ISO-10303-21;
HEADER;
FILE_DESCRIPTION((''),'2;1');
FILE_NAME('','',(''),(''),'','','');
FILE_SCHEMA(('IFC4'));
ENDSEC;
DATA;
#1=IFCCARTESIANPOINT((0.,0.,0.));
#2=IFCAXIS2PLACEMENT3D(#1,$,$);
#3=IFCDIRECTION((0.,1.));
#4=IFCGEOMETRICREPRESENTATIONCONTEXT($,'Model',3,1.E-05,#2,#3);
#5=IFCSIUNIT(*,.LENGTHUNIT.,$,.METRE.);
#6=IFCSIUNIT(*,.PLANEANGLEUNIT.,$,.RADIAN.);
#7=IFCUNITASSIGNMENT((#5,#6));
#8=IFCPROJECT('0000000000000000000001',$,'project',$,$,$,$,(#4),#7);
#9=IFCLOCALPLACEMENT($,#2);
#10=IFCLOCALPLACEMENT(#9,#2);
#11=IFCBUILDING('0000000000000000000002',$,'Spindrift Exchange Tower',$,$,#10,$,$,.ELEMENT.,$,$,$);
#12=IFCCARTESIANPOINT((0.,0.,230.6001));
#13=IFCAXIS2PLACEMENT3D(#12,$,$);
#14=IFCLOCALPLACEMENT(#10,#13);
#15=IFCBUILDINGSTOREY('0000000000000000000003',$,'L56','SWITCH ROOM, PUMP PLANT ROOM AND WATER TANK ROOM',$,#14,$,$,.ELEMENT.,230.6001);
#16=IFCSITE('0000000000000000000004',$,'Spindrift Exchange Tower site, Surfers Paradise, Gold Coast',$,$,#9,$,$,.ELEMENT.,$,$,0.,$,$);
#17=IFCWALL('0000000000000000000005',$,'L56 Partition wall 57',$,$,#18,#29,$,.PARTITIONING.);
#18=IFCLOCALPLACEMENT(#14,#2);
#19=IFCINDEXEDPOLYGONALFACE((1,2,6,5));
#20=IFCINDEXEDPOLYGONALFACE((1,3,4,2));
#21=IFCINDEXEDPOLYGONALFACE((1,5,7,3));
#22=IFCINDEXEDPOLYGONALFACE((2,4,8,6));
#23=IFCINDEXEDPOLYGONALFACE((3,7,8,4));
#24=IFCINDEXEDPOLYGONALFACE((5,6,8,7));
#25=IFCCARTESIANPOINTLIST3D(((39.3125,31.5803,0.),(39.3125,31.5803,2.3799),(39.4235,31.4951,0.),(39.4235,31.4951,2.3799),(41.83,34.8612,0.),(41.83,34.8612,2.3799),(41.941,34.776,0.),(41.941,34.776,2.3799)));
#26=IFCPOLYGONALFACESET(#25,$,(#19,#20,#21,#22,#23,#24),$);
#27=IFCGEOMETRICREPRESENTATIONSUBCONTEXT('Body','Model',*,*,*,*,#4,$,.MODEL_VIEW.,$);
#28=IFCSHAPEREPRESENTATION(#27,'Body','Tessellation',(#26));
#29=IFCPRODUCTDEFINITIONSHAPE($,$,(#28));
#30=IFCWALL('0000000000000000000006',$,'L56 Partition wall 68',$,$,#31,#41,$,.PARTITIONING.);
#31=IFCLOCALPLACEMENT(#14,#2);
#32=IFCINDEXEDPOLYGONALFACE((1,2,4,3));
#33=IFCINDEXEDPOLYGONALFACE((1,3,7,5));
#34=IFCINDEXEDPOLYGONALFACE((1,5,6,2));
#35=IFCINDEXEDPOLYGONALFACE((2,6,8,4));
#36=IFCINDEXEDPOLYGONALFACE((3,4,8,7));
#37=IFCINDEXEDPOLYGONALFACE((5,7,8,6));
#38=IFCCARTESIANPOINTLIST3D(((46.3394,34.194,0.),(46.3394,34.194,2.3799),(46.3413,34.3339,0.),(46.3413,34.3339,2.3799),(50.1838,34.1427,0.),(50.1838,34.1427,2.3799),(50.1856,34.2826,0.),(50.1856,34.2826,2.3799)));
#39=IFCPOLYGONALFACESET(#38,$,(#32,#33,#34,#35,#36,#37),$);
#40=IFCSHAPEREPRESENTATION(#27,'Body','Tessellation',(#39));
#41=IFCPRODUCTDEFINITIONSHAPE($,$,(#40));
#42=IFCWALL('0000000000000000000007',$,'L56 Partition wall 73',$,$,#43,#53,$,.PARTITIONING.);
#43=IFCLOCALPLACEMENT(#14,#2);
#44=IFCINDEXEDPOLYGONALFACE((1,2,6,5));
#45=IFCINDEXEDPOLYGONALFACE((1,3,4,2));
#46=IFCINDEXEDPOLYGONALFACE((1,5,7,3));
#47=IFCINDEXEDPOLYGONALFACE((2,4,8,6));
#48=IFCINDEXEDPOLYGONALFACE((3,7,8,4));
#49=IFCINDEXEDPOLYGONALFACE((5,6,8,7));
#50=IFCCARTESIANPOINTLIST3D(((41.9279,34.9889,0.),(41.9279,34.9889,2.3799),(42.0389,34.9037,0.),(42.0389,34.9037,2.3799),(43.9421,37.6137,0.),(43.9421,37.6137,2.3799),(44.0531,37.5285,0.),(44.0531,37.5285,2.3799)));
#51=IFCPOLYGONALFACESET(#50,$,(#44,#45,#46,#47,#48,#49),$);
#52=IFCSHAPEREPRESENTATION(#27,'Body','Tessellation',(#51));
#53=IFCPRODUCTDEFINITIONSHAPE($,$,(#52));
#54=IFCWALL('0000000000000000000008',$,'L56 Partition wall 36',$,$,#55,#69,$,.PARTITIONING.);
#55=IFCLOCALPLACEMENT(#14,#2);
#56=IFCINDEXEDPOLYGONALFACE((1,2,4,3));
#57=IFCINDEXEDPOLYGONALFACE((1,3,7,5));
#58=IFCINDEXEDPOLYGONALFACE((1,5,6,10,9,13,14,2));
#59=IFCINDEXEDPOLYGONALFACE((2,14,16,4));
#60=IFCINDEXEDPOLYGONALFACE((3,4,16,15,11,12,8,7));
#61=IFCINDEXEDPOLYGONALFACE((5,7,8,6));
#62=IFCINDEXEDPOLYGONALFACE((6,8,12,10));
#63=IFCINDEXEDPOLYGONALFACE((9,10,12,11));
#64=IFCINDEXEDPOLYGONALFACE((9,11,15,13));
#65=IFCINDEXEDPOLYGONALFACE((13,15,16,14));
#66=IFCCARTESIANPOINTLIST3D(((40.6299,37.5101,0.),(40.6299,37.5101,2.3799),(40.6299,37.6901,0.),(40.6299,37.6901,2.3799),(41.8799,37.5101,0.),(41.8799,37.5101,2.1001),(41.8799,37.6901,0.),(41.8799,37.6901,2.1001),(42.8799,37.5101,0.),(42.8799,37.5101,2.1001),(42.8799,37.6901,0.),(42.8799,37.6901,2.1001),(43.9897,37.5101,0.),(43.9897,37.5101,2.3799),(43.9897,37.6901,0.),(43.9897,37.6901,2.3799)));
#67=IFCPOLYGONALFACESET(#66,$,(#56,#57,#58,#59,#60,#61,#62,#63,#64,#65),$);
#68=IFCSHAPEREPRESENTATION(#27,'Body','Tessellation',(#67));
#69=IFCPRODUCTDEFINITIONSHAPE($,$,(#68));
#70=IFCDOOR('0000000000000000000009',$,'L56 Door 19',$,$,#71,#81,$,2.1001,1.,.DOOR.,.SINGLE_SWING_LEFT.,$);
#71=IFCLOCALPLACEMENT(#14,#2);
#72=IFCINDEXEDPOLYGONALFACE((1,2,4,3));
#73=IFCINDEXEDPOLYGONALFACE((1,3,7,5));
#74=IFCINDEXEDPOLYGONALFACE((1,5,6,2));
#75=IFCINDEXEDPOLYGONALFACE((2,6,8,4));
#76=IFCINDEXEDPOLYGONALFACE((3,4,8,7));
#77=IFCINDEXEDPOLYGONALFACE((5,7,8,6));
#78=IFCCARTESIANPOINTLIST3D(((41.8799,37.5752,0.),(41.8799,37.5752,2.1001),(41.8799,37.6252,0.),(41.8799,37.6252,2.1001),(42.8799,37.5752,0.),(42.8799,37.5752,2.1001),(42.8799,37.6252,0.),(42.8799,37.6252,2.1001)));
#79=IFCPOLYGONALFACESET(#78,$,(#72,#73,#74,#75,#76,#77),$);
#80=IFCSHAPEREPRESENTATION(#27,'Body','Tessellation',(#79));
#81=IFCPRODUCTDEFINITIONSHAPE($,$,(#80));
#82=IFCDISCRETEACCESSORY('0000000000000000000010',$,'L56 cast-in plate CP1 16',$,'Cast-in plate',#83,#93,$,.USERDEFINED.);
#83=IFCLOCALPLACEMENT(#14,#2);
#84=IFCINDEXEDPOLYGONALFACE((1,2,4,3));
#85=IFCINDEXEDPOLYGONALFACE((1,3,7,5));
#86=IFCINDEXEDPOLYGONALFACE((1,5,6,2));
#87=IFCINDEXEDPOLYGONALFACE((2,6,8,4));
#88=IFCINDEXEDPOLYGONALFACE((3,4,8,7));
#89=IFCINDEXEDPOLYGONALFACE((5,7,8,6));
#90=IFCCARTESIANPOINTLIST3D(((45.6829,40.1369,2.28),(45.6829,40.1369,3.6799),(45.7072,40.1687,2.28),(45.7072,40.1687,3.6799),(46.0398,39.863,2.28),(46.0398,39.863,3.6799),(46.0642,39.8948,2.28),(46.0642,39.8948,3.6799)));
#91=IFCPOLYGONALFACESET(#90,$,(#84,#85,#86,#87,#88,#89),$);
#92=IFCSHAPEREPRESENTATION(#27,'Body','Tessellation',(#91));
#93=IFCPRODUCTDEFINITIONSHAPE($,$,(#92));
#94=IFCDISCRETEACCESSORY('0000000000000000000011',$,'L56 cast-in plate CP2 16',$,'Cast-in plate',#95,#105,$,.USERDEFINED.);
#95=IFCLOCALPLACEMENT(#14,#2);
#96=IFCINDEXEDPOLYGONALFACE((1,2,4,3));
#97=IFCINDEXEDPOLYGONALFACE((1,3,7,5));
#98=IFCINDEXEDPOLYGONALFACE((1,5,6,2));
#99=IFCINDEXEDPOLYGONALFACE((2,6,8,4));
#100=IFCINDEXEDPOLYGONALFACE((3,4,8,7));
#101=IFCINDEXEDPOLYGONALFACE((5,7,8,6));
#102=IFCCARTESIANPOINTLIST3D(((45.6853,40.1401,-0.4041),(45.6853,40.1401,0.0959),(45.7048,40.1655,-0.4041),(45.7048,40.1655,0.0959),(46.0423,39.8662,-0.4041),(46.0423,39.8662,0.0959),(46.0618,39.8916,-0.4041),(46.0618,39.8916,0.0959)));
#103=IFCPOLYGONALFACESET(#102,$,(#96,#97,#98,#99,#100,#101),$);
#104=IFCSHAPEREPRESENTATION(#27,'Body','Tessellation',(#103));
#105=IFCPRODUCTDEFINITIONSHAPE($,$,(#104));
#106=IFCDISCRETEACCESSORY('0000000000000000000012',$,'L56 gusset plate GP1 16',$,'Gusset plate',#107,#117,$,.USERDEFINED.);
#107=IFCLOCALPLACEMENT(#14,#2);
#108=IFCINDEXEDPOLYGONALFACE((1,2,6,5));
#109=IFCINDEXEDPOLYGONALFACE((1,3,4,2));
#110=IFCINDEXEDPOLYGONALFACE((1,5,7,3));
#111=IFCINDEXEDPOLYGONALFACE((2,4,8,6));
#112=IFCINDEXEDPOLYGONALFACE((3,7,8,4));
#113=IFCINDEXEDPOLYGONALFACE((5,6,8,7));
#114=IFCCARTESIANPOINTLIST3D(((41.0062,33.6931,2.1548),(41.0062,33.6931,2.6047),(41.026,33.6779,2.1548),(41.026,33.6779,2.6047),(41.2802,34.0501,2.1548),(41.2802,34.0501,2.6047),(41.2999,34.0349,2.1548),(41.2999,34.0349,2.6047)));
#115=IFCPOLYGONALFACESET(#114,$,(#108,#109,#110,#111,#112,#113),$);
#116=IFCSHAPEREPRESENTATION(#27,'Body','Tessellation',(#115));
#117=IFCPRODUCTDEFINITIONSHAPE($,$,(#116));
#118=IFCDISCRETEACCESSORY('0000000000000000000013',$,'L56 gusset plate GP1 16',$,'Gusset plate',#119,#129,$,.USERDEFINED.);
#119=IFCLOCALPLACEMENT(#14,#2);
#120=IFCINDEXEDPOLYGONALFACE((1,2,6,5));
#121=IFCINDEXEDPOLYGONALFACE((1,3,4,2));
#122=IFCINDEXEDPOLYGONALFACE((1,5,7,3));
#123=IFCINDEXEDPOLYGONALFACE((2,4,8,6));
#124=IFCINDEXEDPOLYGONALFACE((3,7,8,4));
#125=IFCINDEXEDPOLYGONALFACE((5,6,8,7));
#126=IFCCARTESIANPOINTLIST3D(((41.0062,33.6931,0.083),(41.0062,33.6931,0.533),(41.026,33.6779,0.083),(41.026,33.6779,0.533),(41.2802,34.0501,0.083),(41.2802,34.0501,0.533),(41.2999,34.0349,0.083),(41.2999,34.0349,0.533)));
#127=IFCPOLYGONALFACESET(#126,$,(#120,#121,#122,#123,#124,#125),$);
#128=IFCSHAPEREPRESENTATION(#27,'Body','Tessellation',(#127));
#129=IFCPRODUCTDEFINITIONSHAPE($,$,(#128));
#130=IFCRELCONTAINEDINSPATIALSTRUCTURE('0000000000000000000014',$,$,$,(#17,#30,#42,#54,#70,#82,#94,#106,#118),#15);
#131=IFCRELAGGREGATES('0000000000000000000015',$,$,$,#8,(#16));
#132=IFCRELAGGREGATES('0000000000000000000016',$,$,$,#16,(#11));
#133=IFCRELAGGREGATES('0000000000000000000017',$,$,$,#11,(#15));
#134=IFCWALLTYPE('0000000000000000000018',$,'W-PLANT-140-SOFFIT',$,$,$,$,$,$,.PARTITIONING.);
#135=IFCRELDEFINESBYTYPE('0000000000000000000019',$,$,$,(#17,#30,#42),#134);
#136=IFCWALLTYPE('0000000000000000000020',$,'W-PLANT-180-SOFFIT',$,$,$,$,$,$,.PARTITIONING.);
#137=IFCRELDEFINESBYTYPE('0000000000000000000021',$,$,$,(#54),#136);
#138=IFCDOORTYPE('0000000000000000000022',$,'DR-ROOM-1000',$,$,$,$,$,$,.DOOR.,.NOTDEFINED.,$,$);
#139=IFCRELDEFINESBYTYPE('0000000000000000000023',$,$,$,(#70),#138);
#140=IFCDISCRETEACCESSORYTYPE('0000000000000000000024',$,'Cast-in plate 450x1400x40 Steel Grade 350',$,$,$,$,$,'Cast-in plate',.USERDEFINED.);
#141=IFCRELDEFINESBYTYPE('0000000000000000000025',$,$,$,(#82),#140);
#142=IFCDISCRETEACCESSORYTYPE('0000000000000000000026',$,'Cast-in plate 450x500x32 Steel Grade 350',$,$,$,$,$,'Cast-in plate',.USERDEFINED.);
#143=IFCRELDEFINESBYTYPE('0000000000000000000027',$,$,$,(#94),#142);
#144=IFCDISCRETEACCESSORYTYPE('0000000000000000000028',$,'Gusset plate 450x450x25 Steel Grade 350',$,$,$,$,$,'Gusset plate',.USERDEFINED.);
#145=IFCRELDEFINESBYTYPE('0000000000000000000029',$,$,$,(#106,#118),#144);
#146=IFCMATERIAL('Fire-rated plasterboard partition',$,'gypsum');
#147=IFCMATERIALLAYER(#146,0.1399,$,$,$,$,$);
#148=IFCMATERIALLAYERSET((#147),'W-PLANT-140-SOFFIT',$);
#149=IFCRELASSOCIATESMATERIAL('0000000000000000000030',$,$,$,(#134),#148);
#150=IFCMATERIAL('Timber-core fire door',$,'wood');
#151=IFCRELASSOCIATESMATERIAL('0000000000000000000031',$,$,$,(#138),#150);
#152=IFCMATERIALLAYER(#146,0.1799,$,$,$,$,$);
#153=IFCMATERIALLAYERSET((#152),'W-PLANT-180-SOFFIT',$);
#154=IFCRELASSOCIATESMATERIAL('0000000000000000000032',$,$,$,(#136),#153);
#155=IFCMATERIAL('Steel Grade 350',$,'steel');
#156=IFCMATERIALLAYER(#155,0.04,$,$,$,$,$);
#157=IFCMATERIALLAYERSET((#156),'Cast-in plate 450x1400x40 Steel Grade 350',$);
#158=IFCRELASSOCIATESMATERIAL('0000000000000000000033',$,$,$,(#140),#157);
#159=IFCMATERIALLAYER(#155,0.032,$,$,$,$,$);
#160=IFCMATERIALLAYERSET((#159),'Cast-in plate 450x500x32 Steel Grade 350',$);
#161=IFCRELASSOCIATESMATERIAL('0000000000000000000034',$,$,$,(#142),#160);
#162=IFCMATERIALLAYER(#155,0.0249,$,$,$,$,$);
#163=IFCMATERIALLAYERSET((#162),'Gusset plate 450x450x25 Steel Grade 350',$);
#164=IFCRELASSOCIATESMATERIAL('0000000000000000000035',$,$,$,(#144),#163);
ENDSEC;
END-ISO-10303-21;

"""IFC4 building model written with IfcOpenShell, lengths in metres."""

from ifc_helpers import new_model, si_unit, direction, frame, frame_2d, origin, origin_2d, place, context, subcontext, project, spatial, rectangle, extrude, source, transform, mapped, material, layer, layer_set, type_object, element, fill, save


model = new_model("IFC4")

# Units and contexts
model_context = context("Model", 3, precision=1e-05, world=origin(), true_north=direction((0.0, 1.0)))
body_context = subcontext(model_context, "Body", "Model", "MODEL_VIEW")
ifc_project = project(units=[si_unit("LENGTHUNIT", "METRE"), si_unit("PLANEANGLEUNIT", "RADIAN")], contexts=[model_context])

# Site, building, storey
site_placement = place(None, origin())
site = spatial("IfcSite", under=ifc_project, at=site_placement, Name="Spindrift Exchange Tower site, Surfers Paradise, Gold Coast", CompositionType="ELEMENT", RefElevation=0.0)
building_placement = place(site_placement, origin())
building = spatial("IfcBuilding", under=site, at=building_placement, Name="Spindrift Exchange Tower", CompositionType="ELEMENT")
storey_placement = place(building_placement, frame((0.0, 0.0, 230.6001)))
storey = spatial("IfcBuildingStorey", under=building, at=storey_placement, Name="L56", Description="SWITCH ROOM, PUMP PLANT ROOM AND WATER TANK ROOM", CompositionType="ELEMENT", Elevation=230.6001)

# Shared definitions
ifc_material_1 = material(Name="Fire-rated plasterboard partition", Category="gypsum")
ifc_layer_1 = layer(ifc_material_1, 0.1399)
ifc_layer_set_1 = layer_set([ifc_layer_1], Name="W-PLANT-140-SOFFIT")
wall_type_1 = type_object("IfcWallType", Name="W-PLANT-140-SOFFIT", PredefinedType="PARTITIONING", material=ifc_layer_set_1)
ifc_material_2 = material(Name="Timber-core fire door", Category="wood")
door_type_1 = type_object("IfcDoorType", Name="DR-ROOM-1000", OperationType="NOTDEFINED", PredefinedType="DOOR", material=ifc_material_2)
shared_shape_1 = source(origin(), body_context, "Body", "SweptSolid", [
    extrude(rectangle(XDim=1.0, YDim=2.1001, at=frame_2d((0.5, 1.05))), frame((0.0, 0.0249, 0.0), z_axis=(0.0, -1.0, 0.0), x_axis=(1.0, 0.0, 0.0)), (0.0, 0.0, 1.0), 0.05),
])

# Walls
wall_1_placement = place(storey_placement, frame((39.3679, 31.5376, 0.0), z_axis=(0.0, 0.0, 1.0), x_axis=(0.608757, 0.793356, 0.0)))
element("IfcWall", 1, at=wall_1_placement, inside=storey, type_object=wall_type_1, Name="L56 Partition wall 57", PredefinedType="PARTITIONING", context=body_context, shape_type="SweptSolid", body=[
    extrude(rectangle(XDim=4.1355, YDim=0.1399, at=frame_2d((2.0679, 0.0))), origin(), (0.0, 0.0, 1.0), 2.3799),
])
wall_2_placement = place(storey_placement, frame((46.3403, 34.2639, 0.0), z_axis=(0.0, 0.0, 1.0), x_axis=(0.999911, -0.013335, 0.0)))
element("IfcWall", 2, at=wall_2_placement, inside=storey, type_object=wall_type_1, Name="L56 Partition wall 68", PredefinedType="PARTITIONING", context=body_context, shape_type="SweptSolid", body=[
    extrude(rectangle(XDim=3.8447, YDim=0.1399, at=frame_2d((1.9224, 0.0))), origin(), (0.0, 0.0, 1.0), 2.3799),
])
wall_3_placement = place(storey_placement, frame((41.9834, 34.9463, 0.0), z_axis=(0.0, 0.0, 1.0), x_axis=(0.608783, 0.793337, 0.0)))
element("IfcWall", 3, at=wall_3_placement, inside=storey, type_object=wall_type_1, Name="L56 Partition wall 73", PredefinedType="PARTITIONING", context=body_context, shape_type="SweptSolid", body=[
    extrude(rectangle(XDim=3.3086, YDim=0.1399, at=frame_2d((1.6543, 0.0))), origin(), (0.0, 0.0, 1.0), 2.3799),
])

# Wall, opening, door
ifc_layer_2 = layer(ifc_material_1, 0.1799)
ifc_layer_set_2 = layer_set([ifc_layer_2], Name="W-PLANT-180-SOFFIT")
wall_type_2 = type_object("IfcWallType", Name="W-PLANT-180-SOFFIT", PredefinedType="PARTITIONING", material=ifc_layer_set_2)
wall_4_placement = place(storey_placement, frame((43.9897, 37.6001, 0.0), z_axis=(0.0, 0.0, 1.0), x_axis=(-1.0, 0.0, 0.0)))
wall_4 = element("IfcWall", 4, at=wall_4_placement, inside=storey, type_object=wall_type_2, Name="L56 Partition wall 36", PredefinedType="PARTITIONING", context=body_context, shape_type="SweptSolid", body=[
    extrude(rectangle(XDim=3.3599, YDim=0.1799, at=frame_2d((1.6799, 0.0))), origin(), (0.0, 0.0, 1.0), 2.3799),
])
opening_1_placement = place(wall_4_placement, frame((1.1099, 0.0, 0.0)))
opening_1 = element("IfcOpeningElement", 5, at=opening_1_placement, cuts=wall_4, PredefinedType="OPENING", context=body_context, shape_type="SweptSolid", body=[
    extrude(rectangle(XDim=1.0, YDim=2.1001, at=frame_2d((0.5, 1.05))), frame((0.0, 0.0999, 0.0), z_axis=(0.0, -1.0, 0.0), x_axis=(1.0, 0.0, 0.0)), (0.0, 0.0, 1.0), 0.2),
])
door_1_placement = place(opening_1_placement, origin())
door_1 = element("IfcDoor", 6, at=door_1_placement, inside=storey, type_object=door_type_1, Name="L56 Door 19", OperationType="SINGLE_SWING_LEFT", OverallHeight=2.1001, OverallWidth=1.0, PredefinedType="DOOR", context=body_context, shape_type="MappedRepresentation", body=[
    mapped(shared_shape_1, transform((0.0, 0.0, 0.0), scale=1.0)),
])
fill(opening_1, door_1)

# Discrete accessories
ifc_material_3 = material(Name="Steel Grade 350", Category="steel")
ifc_layer_3 = layer(ifc_material_3, 0.04)
ifc_layer_set_3 = layer_set([ifc_layer_3], Name="Cast-in plate 450x1400x40 Steel Grade 350")
discrete_accessory_type_1 = type_object("IfcDiscreteAccessoryType", Name="Cast-in plate 450x1400x40 Steel Grade 350", ElementType="Cast-in plate", PredefinedType="USERDEFINED", material=ifc_layer_set_3)
shared_shape_2 = source(origin(), body_context, "Body", "SweptSolid", [
    extrude(rectangle(XDim=0.04, YDim=0.45, at=origin_2d()), origin(), (0.0, 0.0, 1.0), 1.3999),
])
discrete_accessory_1_placement = place(storey_placement, frame((45.8735, 40.0159, 2.28), z_axis=(0.0, 0.0, 1.0), x_axis=(-0.608761, -0.793353, 0.0)))
element("IfcDiscreteAccessory", 7, at=discrete_accessory_1_placement, inside=storey, type_object=discrete_accessory_type_1, Name="L56 cast-in plate CP1 16", ObjectType="Cast-in plate", PredefinedType="USERDEFINED", context=body_context, shape_type="MappedRepresentation", body=[
    mapped(shared_shape_2, transform((0.0, 0.0, 0.0), scale=1.0)),
])
ifc_layer_4 = layer(ifc_material_3, 0.032)
ifc_layer_set_4 = layer_set([ifc_layer_4], Name="Cast-in plate 450x500x32 Steel Grade 350")
discrete_accessory_type_2 = type_object("IfcDiscreteAccessoryType", Name="Cast-in plate 450x500x32 Steel Grade 350", ElementType="Cast-in plate", PredefinedType="USERDEFINED", material=ifc_layer_set_4)
shared_shape_3 = source(origin(), body_context, "Body", "SweptSolid", [
    extrude(rectangle(XDim=0.032, YDim=0.45, at=origin_2d()), origin(), (0.0, 0.0, 1.0), 0.5),
])
discrete_accessory_2_placement = place(storey_placement, frame((45.8735, 40.0159, -0.4041), z_axis=(0.0, 0.0, 1.0), x_axis=(-0.608761, -0.793353, 0.0)))
element("IfcDiscreteAccessory", 8, at=discrete_accessory_2_placement, inside=storey, type_object=discrete_accessory_type_2, Name="L56 cast-in plate CP2 16", ObjectType="Cast-in plate", PredefinedType="USERDEFINED", context=body_context, shape_type="MappedRepresentation", body=[
    mapped(shared_shape_3, transform((0.0, 0.0, 0.0), scale=1.0)),
])
ifc_layer_5 = layer(ifc_material_3, 0.0249)
ifc_layer_set_5 = layer_set([ifc_layer_5], Name="Gusset plate 450x450x25 Steel Grade 350")
discrete_accessory_type_3 = type_object("IfcDiscreteAccessoryType", Name="Gusset plate 450x450x25 Steel Grade 350", ElementType="Gusset plate", PredefinedType="USERDEFINED", material=ifc_layer_set_5)
shared_shape_4 = source(origin(), body_context, "Body", "SweptSolid", [
    extrude(rectangle(XDim=0.45, YDim=0.0249, at=origin_2d()), origin(), (0.0, 0.0, 1.0), 0.45),
])
for number, where, z_axis, x_axis, name in (
    (9, (41.1531, 33.864, 2.1548), (0.0, 0.0, 1.0), (-0.608767, -0.793349, 0.0), "L56 gusset plate GP1 16"),
    (10, (41.1531, 33.864, 0.083), (0.0, 0.0, 1.0), (-0.608761, -0.793353, 0.0), "L56 gusset plate GP1 16"),
):
    element("IfcDiscreteAccessory", number, at=place(storey_placement, frame(where, z_axis=z_axis, x_axis=x_axis)), inside=storey, type_object=discrete_accessory_type_3, Name=name, ObjectType="Gusset plate", PredefinedType="USERDEFINED", context=body_context, shape_type="MappedRepresentation", body=[
        mapped(shared_shape_4, transform((0.0, 0.0, 0.0), scale=1.0)),
    ])

save(model, "model.ifc")
